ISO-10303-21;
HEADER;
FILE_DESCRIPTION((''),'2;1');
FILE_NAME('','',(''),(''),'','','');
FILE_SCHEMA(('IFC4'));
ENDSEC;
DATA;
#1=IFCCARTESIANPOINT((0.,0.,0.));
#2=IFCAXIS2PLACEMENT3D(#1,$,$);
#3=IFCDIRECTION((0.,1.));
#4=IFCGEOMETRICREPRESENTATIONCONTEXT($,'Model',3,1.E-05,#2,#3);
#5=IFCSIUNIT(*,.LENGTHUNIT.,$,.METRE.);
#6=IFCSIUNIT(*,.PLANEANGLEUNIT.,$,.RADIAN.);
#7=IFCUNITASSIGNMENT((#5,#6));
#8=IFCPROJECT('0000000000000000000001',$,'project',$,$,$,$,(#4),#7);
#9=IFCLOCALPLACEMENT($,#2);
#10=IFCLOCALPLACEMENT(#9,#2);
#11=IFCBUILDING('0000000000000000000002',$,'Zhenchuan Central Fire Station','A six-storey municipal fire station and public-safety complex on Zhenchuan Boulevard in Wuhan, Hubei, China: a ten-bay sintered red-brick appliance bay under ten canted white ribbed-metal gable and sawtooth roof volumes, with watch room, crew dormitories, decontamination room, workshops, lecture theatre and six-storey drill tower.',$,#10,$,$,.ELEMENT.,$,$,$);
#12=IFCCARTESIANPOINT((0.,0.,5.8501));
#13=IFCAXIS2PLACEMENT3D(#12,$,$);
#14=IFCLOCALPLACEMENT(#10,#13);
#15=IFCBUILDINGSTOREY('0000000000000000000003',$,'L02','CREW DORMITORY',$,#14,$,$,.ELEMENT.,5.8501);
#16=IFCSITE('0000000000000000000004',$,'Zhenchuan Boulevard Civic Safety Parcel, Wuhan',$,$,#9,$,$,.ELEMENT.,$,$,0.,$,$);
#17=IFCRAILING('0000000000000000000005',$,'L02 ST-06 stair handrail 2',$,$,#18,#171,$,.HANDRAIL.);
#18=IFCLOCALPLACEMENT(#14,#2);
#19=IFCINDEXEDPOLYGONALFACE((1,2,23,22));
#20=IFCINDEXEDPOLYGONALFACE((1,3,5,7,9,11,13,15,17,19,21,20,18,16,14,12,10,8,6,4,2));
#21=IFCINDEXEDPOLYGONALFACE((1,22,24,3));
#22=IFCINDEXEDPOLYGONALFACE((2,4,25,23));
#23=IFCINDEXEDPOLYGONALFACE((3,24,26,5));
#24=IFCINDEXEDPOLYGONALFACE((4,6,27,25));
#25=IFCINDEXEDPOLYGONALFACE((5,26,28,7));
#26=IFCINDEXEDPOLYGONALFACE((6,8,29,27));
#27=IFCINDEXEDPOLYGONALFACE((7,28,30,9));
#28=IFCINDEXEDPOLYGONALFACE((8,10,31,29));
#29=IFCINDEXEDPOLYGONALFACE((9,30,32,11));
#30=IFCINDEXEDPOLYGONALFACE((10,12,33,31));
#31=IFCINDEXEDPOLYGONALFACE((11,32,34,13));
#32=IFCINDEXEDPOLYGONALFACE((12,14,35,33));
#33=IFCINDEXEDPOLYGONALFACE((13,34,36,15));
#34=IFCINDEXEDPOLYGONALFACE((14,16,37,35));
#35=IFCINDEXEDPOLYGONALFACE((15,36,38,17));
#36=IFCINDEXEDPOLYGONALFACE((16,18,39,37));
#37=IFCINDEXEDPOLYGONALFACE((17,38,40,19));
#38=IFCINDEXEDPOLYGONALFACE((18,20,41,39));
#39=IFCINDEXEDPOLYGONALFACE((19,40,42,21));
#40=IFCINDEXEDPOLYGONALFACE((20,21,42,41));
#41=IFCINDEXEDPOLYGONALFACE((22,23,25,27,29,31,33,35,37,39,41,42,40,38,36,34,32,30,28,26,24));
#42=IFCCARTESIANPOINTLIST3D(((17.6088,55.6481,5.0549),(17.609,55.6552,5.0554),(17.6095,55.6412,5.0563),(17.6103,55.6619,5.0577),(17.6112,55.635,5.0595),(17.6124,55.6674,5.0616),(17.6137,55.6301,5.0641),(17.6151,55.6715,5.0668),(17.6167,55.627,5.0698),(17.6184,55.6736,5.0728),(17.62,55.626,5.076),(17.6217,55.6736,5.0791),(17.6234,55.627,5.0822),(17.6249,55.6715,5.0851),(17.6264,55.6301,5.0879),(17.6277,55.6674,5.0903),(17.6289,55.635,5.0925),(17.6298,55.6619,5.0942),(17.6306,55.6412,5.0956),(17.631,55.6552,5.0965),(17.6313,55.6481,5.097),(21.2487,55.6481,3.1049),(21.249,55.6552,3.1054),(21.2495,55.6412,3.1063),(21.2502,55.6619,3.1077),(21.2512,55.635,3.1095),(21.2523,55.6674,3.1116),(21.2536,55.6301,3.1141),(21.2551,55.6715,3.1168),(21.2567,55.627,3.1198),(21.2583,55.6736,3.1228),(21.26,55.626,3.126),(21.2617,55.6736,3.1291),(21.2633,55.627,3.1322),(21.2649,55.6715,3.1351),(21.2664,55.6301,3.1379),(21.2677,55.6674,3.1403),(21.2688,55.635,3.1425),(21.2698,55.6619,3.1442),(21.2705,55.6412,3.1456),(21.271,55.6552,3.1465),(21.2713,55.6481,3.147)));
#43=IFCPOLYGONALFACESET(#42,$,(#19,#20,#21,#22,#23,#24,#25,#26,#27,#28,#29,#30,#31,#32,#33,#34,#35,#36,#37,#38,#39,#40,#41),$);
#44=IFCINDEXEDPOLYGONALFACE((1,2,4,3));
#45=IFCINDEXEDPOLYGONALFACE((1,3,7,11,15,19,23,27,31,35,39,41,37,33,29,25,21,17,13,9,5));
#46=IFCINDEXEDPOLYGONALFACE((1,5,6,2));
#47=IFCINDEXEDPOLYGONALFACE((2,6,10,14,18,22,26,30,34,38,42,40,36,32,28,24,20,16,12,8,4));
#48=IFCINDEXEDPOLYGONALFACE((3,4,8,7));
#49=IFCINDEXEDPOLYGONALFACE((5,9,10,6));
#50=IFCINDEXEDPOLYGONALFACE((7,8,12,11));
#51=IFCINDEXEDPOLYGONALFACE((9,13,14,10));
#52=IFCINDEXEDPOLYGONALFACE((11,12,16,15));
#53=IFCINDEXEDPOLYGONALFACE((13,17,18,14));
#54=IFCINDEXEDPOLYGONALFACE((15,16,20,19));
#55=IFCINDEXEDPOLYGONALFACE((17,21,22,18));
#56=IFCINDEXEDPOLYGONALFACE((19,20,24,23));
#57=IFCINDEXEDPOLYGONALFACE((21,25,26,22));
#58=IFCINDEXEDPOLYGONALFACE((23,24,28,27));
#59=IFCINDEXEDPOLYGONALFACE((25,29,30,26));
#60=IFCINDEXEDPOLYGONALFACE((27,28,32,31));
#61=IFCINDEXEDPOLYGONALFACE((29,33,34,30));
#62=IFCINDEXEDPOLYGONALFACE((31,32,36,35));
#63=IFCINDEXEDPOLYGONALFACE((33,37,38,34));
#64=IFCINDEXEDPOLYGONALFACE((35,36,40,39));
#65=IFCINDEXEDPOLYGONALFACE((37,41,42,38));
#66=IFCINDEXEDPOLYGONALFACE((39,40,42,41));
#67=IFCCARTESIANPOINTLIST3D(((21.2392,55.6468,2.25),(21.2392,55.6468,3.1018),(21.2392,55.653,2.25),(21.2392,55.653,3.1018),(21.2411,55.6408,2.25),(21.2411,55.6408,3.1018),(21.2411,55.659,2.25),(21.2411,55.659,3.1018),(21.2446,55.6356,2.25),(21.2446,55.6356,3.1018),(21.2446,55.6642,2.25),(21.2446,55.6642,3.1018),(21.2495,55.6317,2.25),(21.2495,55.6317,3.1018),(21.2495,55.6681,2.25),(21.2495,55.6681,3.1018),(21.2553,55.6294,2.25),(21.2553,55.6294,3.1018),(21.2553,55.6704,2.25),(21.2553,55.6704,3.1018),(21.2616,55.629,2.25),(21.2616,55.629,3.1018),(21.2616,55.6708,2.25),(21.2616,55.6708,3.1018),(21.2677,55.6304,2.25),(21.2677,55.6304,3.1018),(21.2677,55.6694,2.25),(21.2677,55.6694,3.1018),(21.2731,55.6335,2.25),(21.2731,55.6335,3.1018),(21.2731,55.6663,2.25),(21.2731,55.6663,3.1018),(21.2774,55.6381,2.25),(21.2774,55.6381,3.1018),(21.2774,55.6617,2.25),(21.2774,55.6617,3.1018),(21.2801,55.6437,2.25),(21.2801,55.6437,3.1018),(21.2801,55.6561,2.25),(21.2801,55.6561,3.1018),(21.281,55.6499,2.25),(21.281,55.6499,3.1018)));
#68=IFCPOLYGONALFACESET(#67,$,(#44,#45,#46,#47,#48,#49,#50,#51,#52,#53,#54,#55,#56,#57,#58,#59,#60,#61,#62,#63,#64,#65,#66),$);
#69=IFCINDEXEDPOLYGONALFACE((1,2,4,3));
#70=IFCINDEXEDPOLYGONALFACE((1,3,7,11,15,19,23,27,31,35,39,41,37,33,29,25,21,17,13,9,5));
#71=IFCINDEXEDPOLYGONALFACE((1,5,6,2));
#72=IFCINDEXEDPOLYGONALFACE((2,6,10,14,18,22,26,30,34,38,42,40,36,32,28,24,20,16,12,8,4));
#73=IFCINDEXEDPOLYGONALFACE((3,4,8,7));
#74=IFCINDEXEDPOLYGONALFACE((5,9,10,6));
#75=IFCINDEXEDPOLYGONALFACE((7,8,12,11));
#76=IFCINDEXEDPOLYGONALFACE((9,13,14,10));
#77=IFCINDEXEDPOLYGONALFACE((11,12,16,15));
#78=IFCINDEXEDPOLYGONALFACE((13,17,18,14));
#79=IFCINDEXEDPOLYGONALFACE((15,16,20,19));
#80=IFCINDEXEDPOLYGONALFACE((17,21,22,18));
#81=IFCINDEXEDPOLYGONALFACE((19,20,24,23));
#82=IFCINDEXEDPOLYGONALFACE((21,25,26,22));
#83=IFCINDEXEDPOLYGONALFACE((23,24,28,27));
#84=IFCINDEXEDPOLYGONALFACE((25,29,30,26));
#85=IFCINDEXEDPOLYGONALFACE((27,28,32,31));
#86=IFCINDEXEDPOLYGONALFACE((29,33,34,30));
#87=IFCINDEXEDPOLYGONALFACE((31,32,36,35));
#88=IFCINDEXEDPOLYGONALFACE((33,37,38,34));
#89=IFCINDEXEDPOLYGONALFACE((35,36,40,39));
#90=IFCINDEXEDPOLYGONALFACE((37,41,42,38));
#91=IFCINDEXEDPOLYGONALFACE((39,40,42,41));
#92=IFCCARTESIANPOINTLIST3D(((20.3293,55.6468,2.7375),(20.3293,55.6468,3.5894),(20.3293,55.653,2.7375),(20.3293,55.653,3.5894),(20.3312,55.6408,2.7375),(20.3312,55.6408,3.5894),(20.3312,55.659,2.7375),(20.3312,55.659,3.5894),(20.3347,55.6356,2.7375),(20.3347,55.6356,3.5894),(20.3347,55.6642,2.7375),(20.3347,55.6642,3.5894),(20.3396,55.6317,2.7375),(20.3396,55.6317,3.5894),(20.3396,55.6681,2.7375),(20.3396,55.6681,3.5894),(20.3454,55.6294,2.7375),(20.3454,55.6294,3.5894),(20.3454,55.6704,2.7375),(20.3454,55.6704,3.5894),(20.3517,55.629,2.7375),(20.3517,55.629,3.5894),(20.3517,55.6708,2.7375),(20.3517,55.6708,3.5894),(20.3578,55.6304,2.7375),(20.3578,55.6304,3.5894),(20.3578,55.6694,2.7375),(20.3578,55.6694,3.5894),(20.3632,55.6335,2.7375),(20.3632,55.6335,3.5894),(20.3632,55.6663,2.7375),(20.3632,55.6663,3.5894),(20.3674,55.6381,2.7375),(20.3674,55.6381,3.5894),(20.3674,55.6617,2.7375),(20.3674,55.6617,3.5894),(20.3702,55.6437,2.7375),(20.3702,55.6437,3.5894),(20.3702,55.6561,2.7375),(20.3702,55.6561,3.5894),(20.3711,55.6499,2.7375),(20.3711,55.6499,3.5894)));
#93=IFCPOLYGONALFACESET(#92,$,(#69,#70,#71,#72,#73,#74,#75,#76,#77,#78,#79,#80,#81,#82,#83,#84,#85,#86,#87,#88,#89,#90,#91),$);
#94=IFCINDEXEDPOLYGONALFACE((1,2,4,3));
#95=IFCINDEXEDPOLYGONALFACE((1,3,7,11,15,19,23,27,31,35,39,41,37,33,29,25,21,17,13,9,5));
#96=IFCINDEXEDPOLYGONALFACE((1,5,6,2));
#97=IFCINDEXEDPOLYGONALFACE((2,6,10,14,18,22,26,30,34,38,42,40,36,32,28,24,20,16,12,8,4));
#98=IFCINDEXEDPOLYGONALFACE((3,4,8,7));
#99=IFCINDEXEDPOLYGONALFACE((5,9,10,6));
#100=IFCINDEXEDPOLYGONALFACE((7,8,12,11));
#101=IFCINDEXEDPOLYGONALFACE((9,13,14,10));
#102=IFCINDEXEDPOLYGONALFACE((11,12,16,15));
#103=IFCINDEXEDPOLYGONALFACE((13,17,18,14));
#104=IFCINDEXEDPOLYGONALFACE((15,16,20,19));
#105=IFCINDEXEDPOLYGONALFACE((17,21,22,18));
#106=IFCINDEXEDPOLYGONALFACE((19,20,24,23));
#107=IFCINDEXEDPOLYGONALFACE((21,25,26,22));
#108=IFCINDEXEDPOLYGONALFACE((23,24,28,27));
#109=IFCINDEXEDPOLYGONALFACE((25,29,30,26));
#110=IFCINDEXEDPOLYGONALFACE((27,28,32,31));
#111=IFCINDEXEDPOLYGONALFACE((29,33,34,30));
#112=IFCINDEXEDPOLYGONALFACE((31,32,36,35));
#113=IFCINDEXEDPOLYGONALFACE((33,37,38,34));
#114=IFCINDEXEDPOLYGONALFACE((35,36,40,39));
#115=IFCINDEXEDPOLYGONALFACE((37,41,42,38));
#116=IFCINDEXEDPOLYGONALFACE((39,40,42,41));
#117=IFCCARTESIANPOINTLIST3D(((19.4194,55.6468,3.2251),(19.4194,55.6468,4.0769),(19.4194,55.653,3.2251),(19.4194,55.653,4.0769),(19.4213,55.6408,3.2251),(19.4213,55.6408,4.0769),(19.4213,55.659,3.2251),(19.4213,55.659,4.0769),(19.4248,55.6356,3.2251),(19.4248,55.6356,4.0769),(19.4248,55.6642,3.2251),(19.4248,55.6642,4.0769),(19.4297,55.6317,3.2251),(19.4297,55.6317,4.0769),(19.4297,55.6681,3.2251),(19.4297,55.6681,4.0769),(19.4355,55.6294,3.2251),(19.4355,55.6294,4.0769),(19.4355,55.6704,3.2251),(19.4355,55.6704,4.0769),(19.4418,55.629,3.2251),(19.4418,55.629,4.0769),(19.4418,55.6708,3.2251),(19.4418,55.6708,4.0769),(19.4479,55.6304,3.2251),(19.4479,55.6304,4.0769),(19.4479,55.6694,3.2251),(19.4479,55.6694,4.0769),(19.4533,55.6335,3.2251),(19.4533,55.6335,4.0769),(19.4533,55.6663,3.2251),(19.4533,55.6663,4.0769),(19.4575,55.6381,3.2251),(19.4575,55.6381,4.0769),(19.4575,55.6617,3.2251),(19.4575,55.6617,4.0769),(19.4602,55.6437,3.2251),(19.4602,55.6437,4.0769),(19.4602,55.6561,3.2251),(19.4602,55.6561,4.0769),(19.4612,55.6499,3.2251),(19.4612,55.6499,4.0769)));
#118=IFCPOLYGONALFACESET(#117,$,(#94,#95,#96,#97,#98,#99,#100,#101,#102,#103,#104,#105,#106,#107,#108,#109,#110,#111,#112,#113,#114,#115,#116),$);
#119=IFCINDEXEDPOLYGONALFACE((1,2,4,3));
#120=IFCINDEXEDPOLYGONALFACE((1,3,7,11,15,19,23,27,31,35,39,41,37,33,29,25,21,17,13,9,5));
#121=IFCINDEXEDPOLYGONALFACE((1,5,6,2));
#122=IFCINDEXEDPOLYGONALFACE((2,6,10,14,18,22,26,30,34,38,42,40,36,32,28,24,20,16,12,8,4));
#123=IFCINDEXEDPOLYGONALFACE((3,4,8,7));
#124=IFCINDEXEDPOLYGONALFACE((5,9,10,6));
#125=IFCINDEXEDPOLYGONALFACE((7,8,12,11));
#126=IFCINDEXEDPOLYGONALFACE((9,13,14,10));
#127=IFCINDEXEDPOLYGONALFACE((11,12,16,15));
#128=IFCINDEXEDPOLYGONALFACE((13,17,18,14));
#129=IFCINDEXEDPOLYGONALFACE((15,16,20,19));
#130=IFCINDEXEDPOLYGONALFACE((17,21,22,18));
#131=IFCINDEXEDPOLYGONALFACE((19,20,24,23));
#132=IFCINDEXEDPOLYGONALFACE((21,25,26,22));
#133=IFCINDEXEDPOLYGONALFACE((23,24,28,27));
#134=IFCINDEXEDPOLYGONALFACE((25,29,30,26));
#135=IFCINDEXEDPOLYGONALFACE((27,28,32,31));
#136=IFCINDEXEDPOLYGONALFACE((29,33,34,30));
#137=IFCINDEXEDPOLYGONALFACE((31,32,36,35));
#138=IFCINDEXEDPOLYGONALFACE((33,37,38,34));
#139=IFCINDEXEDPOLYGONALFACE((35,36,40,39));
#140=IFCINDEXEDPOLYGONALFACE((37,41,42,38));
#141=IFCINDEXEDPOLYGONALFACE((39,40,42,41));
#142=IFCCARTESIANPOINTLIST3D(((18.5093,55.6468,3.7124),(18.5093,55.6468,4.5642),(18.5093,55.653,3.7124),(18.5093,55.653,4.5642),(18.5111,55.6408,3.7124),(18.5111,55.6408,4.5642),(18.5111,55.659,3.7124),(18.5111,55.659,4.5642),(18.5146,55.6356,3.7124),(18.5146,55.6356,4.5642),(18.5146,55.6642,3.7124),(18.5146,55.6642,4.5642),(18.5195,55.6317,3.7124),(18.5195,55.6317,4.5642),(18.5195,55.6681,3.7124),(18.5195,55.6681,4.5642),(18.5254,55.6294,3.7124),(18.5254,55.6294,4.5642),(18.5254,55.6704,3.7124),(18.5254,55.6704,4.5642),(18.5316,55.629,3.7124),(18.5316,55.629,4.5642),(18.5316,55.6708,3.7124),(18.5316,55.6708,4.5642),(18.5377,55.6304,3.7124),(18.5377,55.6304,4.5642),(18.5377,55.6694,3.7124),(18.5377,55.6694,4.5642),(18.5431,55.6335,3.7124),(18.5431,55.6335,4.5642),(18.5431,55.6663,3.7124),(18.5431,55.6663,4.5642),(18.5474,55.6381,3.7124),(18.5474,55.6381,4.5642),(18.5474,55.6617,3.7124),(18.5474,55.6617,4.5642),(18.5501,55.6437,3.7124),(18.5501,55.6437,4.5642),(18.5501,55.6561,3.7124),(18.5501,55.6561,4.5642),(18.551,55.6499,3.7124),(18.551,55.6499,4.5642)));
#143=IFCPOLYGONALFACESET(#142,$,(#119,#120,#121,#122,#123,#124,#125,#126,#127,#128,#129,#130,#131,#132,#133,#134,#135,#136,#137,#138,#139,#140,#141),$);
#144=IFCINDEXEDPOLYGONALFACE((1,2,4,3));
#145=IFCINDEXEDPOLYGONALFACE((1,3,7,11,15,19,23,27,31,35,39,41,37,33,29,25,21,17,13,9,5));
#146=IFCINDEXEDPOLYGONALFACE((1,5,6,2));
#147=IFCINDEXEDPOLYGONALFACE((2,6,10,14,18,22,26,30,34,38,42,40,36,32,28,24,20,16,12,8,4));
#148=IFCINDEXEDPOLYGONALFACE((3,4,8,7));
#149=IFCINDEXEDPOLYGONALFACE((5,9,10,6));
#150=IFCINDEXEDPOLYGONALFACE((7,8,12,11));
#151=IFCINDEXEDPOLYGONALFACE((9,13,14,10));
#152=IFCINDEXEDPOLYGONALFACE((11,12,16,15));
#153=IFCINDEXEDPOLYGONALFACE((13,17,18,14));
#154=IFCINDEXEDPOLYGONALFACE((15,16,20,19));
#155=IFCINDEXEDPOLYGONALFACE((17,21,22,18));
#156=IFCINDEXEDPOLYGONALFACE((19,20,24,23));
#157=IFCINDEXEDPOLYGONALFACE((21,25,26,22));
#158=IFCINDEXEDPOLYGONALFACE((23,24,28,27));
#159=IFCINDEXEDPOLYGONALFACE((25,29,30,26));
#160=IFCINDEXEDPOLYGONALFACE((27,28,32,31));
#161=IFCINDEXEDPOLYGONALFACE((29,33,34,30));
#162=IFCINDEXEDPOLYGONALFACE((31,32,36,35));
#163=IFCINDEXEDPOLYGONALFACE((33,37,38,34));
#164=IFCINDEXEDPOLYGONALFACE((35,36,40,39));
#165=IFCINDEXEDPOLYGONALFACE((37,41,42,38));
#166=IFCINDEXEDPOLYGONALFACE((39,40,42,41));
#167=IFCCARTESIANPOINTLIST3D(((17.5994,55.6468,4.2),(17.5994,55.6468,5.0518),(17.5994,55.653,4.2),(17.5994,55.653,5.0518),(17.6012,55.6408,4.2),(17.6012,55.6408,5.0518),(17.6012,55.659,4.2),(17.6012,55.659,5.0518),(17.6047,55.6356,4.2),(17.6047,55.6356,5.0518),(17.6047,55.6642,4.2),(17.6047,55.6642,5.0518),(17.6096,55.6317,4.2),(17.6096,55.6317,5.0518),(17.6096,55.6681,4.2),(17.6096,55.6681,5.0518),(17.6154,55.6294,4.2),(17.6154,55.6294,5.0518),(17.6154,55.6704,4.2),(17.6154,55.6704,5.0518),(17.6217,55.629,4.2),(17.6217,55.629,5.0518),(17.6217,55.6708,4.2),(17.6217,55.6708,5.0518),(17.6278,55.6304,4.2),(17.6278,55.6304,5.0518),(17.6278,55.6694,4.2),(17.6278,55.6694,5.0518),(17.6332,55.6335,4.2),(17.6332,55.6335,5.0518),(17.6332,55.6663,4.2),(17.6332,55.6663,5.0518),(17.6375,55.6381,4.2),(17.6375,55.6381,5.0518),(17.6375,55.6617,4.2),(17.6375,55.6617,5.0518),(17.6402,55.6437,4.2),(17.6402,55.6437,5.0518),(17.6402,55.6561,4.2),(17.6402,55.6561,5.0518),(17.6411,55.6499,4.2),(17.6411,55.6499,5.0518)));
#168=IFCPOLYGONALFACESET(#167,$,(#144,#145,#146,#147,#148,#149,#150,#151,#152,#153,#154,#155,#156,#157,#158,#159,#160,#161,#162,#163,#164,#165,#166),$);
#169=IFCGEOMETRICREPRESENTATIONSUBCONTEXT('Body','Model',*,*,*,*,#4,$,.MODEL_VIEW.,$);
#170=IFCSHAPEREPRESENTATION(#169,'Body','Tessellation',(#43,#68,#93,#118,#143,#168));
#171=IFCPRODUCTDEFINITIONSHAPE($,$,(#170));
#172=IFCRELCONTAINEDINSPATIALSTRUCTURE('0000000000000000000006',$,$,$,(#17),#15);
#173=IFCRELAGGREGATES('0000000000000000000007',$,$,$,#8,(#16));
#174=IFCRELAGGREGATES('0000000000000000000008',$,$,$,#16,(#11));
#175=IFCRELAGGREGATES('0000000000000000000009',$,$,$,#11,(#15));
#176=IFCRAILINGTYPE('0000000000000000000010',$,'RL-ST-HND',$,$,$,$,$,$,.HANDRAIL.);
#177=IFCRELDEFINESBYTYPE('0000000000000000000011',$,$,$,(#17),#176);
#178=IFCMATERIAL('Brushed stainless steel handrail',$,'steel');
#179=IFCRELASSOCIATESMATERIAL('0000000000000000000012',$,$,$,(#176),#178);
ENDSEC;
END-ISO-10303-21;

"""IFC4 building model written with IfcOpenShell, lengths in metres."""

from ifc_helpers import new_model, si_unit, direction, frame, origin, origin_2d, place, context, subcontext, project, spatial, circle, extrude, material, type_object, element, save


model = new_model("IFC4")

# Units and contexts
model_context = context("Model", 3, precision=1e-05, world=origin(), true_north=direction((0.0, 1.0)))
body_context = subcontext(model_context, "Body", "Model", "MODEL_VIEW")
ifc_project = project(units=[si_unit("LENGTHUNIT", "METRE"), si_unit("PLANEANGLEUNIT", "RADIAN")], contexts=[model_context])

# Site, building, storey
site_placement = place(None, origin())
site = spatial("IfcSite", under=ifc_project, at=site_placement, Name="Zhenchuan Boulevard Civic Safety Parcel, Wuhan", CompositionType="ELEMENT", RefElevation=0.0)
building_placement = place(site_placement, origin())
building = spatial("IfcBuilding", under=site, at=building_placement, Name="Zhenchuan Central Fire Station", Description="A six-storey municipal fire station and public-safety complex on Zhenchuan Boulevard in Wuhan, Hubei, China: a ten-bay sintered red-brick appliance bay under ten canted white ribbed-metal gable and sawtooth roof volumes, with watch room, crew dormitories, decontamination room, workshops, lecture theatre and six-storey drill tower.", CompositionType="ELEMENT")
storey_placement = place(building_placement, frame((0.0, 0.0, 5.8501)))
storey = spatial("IfcBuildingStorey", under=building, at=storey_placement, Name="L02", Description="CREW DORMITORY", CompositionType="ELEMENT", Elevation=5.8501)

# Railing
ifc_material_1 = material(Name="Brushed stainless steel handrail", Category="steel")
railing_type = type_object("IfcRailingType", Name="RL-ST-HND", PredefinedType="HANDRAIL", material=ifc_material_1)
railing_placement = place(storey_placement, frame((21.26, 55.6499, 2.25)))
element("IfcRailing", 1, at=railing_placement, inside=storey, type_object=railing_type, Name="L02 ST-06 stair handrail 2", PredefinedType="HANDRAIL", context=body_context, shape_type="SweptSolid", body=[
    extrude(circle(Radius=0.0239, at=origin_2d()), frame((0.0, 0.0, 0.876), z_axis=(-0.881479, 0.0, 0.472223), x_axis=(0.0, -1.0, 0.0)), (0.0, 0.0, 1.0), 4.1294),
    extrude(circle(Radius=0.021, at=origin_2d()), origin(), (0.0, 0.0, 1.0), 0.8518),
    extrude(circle(Radius=0.021, at=origin_2d()), frame((-0.9099, 0.0, 0.4875)), (0.0, 0.0, 1.0), 0.8518),
    extrude(circle(Radius=0.021, at=origin_2d()), frame((-1.8198, 0.0, 0.9751)), (0.0, 0.0, 1.0), 0.8518),
    extrude(circle(Radius=0.021, at=origin_2d()), frame((-2.73, 0.0, 1.4624)), (0.0, 0.0, 1.0), 0.8518),
    extrude(circle(Radius=0.021, at=origin_2d()), frame((-3.6399, 0.0, 1.95)), (0.0, 0.0, 1.0), 0.8518),
])

save(model, "model.ifc")
